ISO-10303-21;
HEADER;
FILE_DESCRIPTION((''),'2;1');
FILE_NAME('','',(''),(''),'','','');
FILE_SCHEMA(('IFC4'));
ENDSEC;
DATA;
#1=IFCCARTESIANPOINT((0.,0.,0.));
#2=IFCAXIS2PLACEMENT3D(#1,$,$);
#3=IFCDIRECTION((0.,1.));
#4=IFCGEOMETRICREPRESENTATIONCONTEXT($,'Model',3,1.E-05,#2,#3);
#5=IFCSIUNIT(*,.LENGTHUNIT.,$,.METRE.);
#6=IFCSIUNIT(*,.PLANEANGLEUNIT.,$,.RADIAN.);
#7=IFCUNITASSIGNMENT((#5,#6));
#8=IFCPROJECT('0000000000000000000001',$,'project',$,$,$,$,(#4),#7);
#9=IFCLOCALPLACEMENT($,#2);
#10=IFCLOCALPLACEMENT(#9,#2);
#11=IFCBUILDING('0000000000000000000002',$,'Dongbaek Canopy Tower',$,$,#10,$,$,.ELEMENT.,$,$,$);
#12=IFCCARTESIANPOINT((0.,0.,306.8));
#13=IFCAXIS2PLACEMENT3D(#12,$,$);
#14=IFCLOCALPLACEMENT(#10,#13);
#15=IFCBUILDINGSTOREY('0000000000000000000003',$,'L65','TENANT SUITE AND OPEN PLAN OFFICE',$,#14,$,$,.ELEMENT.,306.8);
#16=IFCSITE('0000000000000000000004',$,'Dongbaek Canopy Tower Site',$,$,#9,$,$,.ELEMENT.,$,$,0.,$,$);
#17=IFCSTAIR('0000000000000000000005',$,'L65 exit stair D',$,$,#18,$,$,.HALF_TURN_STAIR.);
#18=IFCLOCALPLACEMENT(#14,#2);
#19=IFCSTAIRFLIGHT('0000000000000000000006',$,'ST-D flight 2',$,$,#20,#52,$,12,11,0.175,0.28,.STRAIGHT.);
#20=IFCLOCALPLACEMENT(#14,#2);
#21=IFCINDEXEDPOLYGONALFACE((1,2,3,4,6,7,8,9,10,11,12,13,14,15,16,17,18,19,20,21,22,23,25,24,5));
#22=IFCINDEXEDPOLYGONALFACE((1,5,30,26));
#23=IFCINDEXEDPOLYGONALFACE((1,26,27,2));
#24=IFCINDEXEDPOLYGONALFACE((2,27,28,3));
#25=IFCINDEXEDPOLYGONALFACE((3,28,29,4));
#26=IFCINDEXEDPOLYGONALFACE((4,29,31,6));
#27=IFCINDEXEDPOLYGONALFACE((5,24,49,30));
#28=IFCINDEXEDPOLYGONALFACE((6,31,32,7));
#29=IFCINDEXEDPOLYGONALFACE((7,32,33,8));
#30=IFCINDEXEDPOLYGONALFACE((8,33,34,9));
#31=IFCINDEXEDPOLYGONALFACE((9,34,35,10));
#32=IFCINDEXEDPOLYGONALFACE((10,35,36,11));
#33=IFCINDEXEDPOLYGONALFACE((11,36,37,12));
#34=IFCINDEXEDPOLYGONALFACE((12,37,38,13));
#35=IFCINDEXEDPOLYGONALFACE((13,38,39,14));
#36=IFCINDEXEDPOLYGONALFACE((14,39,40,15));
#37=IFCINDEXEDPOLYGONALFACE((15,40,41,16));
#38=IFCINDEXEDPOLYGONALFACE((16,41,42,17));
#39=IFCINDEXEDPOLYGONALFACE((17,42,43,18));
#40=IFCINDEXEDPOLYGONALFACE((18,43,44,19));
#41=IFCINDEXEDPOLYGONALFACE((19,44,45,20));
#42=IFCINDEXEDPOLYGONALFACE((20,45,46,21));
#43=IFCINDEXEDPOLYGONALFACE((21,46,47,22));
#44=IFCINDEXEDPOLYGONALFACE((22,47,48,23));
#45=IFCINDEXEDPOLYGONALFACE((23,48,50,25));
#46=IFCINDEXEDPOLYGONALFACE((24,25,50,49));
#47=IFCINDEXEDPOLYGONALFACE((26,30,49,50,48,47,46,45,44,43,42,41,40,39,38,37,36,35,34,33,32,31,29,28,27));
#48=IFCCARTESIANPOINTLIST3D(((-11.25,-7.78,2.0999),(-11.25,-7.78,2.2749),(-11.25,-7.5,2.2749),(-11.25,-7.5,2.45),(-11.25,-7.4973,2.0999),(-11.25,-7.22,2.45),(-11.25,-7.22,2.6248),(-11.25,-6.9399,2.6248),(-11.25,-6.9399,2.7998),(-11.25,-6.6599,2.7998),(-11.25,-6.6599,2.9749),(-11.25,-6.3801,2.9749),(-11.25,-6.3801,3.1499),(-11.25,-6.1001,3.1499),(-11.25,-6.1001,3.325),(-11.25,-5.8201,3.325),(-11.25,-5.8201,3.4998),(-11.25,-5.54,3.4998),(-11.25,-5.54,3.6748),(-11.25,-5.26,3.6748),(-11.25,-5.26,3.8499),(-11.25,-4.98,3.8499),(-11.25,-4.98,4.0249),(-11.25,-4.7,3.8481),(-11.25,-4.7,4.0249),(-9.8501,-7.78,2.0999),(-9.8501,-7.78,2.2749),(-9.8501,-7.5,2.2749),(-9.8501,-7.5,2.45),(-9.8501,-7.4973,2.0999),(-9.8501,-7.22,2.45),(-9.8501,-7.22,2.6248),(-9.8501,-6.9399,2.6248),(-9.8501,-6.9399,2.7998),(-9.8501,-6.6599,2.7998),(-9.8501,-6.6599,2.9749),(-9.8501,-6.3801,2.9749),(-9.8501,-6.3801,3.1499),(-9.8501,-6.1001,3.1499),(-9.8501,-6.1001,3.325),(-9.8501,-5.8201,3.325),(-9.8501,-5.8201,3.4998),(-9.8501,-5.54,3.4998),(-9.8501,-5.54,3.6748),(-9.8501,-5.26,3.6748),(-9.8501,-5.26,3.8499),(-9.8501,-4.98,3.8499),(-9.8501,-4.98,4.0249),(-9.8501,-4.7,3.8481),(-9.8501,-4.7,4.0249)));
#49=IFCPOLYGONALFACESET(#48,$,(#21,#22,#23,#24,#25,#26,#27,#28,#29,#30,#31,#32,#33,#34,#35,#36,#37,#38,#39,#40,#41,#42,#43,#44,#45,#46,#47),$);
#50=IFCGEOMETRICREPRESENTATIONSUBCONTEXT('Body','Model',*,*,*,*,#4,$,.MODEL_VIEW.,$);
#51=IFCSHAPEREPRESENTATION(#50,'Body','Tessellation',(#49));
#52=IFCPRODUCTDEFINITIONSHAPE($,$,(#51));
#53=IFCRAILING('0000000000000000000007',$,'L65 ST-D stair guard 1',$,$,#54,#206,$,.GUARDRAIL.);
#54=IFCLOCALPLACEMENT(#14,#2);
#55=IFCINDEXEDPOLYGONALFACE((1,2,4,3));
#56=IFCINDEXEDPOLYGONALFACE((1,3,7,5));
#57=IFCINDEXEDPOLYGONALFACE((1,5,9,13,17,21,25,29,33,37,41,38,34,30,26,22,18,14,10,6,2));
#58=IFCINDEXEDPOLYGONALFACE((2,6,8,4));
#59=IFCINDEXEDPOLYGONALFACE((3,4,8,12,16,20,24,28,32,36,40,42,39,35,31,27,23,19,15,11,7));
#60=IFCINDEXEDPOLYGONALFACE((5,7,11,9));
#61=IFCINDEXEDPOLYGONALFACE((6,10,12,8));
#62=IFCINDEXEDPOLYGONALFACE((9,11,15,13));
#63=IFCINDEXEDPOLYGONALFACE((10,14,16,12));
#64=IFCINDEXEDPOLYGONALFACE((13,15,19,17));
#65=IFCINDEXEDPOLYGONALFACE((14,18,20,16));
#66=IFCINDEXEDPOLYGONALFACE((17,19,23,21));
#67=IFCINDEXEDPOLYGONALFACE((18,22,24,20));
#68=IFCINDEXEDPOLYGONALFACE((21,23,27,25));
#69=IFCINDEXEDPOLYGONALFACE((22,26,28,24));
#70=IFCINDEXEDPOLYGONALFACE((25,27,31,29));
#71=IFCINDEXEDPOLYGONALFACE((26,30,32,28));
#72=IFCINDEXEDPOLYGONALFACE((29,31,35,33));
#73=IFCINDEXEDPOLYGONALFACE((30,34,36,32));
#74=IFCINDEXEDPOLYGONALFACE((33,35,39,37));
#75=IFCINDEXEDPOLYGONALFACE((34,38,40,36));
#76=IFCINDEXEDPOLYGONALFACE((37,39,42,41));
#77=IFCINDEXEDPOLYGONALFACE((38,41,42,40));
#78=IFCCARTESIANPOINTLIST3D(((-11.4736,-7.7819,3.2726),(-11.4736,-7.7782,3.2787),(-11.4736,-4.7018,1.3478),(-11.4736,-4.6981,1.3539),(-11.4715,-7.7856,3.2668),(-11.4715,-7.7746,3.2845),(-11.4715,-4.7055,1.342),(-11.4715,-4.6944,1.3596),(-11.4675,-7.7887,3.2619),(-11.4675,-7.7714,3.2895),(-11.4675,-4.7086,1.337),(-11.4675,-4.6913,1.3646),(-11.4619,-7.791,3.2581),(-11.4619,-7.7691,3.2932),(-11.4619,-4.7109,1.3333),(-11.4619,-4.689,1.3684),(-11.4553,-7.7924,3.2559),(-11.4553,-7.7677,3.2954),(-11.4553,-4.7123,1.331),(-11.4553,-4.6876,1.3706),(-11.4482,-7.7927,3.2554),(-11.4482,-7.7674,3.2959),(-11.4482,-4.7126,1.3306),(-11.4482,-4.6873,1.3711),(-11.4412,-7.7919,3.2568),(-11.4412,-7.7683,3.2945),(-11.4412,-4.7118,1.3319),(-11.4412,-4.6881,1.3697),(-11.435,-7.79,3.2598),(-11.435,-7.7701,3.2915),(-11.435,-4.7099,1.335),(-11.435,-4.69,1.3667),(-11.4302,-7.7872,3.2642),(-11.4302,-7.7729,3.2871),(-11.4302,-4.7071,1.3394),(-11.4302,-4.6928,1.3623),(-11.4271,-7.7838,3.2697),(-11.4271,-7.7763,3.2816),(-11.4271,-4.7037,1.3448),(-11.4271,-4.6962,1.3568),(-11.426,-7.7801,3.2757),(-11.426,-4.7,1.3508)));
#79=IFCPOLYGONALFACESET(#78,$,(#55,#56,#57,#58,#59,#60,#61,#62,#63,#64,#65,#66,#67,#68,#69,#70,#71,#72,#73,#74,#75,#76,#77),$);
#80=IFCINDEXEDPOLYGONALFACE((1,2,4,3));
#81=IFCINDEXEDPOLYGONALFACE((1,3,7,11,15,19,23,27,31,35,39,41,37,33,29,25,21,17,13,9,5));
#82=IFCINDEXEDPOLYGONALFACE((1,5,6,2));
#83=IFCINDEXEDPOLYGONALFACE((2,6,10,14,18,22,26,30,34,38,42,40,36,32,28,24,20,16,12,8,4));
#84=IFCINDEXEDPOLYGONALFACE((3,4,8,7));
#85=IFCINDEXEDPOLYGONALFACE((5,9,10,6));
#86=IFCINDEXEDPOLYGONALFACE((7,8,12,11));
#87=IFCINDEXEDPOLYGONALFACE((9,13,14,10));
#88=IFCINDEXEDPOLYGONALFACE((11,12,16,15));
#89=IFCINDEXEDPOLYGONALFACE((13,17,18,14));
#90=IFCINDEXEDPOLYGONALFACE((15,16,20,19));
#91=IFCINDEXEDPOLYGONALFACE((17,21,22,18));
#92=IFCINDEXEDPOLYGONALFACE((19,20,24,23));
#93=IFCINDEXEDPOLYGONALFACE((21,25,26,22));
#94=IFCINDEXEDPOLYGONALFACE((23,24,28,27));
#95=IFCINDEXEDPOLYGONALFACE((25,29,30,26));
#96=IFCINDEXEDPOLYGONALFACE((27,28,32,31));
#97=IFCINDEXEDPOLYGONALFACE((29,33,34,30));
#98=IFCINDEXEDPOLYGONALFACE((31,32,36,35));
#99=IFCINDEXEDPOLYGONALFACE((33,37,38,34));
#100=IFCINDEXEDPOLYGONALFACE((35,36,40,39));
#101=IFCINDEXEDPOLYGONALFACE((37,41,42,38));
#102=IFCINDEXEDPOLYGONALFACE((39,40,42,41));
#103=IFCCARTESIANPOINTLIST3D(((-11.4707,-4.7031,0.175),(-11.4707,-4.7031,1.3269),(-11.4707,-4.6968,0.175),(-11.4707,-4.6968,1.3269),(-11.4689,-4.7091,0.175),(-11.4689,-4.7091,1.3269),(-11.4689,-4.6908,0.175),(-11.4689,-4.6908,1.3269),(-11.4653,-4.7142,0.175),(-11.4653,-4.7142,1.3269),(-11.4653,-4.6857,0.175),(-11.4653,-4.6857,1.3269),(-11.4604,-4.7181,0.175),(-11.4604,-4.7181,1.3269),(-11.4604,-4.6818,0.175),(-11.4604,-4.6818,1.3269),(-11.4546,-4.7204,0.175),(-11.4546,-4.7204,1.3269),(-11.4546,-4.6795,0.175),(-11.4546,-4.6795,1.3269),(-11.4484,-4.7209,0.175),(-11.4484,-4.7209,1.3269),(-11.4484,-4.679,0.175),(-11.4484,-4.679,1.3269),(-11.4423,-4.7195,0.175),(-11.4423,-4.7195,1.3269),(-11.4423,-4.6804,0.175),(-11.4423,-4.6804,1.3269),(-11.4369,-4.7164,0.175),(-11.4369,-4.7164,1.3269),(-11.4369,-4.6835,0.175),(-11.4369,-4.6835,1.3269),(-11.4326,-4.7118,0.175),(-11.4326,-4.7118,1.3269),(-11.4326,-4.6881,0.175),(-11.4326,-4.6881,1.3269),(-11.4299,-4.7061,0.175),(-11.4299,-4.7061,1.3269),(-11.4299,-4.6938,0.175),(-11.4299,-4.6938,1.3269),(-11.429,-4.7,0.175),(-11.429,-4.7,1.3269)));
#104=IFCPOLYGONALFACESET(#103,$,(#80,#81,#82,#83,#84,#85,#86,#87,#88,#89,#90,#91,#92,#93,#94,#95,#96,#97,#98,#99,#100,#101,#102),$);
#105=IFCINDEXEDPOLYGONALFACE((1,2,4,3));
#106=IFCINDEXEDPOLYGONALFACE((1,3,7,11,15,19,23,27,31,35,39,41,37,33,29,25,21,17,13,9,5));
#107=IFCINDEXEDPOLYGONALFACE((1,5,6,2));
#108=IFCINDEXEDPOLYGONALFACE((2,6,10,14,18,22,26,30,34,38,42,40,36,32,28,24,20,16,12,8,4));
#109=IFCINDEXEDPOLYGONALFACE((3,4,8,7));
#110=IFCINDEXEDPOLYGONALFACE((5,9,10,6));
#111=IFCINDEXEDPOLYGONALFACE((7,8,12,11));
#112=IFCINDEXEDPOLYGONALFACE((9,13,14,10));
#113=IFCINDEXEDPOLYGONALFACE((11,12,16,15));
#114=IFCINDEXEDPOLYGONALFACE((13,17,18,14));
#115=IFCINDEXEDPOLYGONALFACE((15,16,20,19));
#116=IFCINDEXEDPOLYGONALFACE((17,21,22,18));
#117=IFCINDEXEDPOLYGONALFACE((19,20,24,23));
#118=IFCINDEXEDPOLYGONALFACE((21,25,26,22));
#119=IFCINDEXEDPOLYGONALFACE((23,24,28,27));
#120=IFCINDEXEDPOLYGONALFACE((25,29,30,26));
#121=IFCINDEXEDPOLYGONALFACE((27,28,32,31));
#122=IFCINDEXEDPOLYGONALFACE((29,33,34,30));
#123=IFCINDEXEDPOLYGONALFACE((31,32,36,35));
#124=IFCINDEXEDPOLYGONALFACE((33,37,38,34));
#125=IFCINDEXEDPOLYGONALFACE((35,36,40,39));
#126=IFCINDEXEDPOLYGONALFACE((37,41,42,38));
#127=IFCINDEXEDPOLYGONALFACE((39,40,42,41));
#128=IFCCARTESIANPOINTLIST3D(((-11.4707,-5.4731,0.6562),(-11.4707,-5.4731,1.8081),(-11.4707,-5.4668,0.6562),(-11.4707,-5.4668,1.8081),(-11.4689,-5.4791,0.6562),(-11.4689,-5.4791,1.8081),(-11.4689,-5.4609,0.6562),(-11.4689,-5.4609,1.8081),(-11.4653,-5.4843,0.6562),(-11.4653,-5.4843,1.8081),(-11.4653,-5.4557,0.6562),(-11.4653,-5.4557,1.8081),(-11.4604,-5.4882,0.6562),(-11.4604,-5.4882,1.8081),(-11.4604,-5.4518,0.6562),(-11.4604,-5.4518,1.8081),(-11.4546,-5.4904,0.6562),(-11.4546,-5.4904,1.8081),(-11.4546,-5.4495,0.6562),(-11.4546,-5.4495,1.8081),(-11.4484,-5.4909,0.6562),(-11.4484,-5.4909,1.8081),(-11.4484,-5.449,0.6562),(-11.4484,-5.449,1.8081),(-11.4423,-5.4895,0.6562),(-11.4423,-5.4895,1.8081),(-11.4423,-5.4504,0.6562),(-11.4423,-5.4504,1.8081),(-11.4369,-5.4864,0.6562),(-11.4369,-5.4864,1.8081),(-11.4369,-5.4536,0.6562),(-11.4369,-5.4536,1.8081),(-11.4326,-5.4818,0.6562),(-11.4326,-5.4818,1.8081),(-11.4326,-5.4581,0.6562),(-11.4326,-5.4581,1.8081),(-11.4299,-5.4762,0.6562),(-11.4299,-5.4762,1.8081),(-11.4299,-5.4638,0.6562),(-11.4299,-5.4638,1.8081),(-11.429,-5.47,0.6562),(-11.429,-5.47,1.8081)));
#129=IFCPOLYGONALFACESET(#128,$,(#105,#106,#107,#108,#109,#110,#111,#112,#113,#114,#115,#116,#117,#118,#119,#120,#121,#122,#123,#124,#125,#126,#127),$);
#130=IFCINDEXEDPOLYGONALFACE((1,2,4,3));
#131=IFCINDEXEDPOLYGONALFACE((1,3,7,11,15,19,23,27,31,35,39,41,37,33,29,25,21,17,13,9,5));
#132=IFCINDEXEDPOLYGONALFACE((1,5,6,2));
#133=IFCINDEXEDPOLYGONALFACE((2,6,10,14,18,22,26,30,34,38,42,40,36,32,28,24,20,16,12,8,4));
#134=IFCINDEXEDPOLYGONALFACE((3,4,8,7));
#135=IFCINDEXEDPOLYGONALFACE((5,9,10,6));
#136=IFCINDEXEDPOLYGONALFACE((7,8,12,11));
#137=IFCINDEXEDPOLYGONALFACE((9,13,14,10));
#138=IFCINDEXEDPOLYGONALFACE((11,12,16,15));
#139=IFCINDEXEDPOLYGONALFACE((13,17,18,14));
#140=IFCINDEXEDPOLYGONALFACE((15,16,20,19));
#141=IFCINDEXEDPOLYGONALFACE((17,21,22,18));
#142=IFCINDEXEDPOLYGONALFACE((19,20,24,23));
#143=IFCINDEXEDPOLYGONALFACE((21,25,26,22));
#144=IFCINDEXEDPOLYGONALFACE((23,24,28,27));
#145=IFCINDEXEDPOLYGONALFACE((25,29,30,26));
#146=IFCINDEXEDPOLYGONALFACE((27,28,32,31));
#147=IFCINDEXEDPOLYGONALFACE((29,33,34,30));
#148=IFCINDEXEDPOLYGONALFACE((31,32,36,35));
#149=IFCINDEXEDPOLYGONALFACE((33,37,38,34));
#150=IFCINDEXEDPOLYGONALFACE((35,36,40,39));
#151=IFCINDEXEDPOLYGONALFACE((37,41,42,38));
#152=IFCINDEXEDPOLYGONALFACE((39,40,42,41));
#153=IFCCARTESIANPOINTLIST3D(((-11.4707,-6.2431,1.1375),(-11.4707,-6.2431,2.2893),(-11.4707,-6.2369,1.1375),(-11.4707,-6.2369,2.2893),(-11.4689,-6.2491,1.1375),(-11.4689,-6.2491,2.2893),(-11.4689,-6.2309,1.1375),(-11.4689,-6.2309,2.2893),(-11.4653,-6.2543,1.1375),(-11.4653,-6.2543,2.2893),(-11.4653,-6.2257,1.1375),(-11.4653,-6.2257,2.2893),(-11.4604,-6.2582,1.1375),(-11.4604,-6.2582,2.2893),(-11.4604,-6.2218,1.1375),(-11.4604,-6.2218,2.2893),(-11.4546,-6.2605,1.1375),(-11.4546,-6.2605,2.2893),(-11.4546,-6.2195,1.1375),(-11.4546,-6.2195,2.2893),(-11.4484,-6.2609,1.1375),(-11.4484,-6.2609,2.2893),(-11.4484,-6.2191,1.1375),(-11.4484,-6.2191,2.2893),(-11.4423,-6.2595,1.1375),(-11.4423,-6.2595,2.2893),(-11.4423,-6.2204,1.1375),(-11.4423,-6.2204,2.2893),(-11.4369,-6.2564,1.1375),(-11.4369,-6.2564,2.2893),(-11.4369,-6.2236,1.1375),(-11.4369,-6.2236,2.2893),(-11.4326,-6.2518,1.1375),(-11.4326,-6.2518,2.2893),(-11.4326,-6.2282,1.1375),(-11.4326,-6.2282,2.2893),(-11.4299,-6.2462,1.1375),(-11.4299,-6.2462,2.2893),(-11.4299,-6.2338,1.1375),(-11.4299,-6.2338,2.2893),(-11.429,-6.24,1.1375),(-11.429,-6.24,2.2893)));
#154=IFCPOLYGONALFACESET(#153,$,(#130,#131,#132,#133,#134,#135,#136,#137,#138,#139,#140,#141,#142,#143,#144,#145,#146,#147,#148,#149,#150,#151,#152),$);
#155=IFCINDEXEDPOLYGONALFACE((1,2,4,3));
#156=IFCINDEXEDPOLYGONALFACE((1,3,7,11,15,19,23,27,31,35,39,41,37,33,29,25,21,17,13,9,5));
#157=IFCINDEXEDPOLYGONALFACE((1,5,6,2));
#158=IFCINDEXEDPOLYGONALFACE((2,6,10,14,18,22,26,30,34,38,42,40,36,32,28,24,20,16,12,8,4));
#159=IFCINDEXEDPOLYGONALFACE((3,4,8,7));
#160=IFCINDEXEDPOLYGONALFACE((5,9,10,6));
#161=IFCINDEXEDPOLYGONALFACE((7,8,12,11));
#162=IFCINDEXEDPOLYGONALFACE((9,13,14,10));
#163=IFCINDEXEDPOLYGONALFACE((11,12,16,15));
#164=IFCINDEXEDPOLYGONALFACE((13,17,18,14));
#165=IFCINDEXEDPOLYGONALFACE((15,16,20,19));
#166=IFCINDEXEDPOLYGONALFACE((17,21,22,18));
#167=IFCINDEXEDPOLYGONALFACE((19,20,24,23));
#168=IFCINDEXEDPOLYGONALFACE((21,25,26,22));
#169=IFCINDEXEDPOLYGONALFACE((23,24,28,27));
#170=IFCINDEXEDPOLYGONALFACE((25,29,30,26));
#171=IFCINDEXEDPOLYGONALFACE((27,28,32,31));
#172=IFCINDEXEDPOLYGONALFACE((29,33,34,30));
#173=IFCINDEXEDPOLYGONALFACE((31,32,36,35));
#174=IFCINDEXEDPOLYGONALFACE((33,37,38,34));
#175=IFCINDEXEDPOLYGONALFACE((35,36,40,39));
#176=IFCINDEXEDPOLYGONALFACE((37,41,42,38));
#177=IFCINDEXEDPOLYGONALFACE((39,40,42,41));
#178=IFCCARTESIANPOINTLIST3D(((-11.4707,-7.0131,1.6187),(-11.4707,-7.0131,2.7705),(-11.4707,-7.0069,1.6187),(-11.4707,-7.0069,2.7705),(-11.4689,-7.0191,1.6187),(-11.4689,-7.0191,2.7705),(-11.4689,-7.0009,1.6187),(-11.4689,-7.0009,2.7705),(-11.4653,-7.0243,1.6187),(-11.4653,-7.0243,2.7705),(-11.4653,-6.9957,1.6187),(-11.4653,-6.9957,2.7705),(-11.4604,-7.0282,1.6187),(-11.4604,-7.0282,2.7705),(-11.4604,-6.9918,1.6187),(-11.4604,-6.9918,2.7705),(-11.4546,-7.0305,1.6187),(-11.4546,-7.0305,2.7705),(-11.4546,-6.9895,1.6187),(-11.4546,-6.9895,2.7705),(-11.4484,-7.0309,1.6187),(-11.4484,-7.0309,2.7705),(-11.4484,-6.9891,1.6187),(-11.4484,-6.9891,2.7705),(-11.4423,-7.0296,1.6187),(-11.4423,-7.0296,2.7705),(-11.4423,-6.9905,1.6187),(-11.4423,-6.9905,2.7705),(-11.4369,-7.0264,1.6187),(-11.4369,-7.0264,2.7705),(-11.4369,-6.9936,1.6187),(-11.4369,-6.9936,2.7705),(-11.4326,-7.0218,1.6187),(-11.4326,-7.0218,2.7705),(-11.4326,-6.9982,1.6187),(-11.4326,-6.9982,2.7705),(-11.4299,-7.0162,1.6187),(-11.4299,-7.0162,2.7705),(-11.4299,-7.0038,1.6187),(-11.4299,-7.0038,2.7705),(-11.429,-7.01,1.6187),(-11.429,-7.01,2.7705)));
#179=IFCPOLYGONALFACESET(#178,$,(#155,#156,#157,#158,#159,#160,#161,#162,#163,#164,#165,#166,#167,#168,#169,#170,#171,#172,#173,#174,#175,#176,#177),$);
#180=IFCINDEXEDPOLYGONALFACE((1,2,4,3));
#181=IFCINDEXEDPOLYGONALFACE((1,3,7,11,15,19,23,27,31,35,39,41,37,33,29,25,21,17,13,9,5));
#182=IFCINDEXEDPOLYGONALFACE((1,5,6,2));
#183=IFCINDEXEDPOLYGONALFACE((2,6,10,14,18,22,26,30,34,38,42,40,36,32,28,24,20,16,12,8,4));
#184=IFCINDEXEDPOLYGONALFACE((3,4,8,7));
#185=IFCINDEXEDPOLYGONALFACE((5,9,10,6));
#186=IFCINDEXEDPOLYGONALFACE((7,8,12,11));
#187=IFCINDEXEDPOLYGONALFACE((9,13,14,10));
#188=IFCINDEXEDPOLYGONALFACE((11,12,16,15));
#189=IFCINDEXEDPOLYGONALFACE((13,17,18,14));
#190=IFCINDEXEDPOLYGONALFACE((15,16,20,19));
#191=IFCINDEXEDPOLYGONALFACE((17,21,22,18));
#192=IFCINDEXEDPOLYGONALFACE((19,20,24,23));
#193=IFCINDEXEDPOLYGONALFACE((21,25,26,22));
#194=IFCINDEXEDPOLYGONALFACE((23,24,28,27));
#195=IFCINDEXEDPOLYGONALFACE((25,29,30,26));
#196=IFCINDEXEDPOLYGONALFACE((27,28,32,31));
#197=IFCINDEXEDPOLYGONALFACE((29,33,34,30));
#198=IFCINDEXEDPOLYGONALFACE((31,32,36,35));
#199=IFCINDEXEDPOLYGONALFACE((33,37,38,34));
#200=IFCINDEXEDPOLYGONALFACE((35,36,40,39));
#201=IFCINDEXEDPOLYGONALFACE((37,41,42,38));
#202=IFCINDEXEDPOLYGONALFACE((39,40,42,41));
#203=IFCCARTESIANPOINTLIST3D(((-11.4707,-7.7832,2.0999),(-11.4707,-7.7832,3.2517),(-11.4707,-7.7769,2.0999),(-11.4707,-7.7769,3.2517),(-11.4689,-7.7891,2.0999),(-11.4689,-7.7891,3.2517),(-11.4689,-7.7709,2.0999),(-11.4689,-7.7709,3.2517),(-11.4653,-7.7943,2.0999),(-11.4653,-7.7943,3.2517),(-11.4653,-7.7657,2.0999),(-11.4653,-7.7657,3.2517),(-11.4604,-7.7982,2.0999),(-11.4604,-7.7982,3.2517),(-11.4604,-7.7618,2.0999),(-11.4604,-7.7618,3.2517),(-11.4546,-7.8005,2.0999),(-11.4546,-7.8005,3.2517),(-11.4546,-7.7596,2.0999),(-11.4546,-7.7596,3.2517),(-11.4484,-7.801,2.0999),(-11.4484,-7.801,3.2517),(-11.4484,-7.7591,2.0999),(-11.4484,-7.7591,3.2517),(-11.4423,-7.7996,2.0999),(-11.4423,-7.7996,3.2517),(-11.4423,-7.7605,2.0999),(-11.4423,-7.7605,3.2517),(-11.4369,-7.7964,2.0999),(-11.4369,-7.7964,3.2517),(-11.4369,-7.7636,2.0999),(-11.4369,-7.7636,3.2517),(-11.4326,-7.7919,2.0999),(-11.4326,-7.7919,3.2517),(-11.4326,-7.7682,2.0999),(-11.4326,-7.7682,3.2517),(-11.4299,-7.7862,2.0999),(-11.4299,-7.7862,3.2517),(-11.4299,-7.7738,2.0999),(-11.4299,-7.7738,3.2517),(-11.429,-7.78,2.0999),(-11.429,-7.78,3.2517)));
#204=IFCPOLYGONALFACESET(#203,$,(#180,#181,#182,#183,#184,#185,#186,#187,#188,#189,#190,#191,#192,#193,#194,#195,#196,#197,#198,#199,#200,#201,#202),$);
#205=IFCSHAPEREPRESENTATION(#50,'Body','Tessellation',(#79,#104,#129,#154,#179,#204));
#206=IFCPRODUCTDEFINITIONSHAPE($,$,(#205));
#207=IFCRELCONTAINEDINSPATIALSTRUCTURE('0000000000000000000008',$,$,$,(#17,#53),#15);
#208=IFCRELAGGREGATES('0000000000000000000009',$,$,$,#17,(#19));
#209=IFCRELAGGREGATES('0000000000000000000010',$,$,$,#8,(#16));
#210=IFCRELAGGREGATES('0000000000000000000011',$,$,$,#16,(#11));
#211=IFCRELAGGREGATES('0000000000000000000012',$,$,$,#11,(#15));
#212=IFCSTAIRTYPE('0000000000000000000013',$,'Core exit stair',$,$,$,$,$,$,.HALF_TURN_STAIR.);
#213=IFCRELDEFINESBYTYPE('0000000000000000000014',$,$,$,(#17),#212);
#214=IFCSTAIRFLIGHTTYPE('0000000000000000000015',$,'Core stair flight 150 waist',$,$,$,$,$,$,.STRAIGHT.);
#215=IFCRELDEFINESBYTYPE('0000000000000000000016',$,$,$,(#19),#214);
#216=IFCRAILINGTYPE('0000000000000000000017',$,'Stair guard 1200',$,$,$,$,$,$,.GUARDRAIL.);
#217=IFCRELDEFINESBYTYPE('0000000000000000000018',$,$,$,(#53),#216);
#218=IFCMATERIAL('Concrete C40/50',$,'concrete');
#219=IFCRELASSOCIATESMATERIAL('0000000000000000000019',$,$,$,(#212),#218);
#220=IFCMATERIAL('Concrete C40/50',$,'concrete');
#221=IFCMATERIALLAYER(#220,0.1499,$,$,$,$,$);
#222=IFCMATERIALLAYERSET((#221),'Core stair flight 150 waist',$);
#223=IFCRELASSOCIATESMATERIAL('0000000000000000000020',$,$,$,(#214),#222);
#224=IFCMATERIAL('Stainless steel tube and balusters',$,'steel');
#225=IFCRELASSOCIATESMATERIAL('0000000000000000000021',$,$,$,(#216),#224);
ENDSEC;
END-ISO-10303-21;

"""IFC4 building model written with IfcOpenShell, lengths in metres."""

from ifc_helpers import new_model, si_unit, direction, frame, origin, origin_2d, place, context, subcontext, project, spatial, polyline, circle, outline, extrude, material, layer, layer_set, type_object, element, aggregate, save


model = new_model("IFC4")

# Units and contexts
model_context = context("Model", 3, precision=1e-05, world=origin(), true_north=direction((0.0, 1.0)))
body_context = subcontext(model_context, "Body", "Model", "MODEL_VIEW")
ifc_project = project(units=[si_unit("LENGTHUNIT", "METRE"), si_unit("PLANEANGLEUNIT", "RADIAN")], contexts=[model_context])

# Site, building, storey
site_placement = place(None, origin())
site = spatial("IfcSite", under=ifc_project, at=site_placement, Name="Dongbaek Canopy Tower Site", CompositionType="ELEMENT", RefElevation=0.0)
building_placement = place(site_placement, origin())
building = spatial("IfcBuilding", under=site, at=building_placement, Name="Dongbaek Canopy Tower", CompositionType="ELEMENT")
storey_placement = place(building_placement, frame((0.0, 0.0, 306.8)))
storey = spatial("IfcBuildingStorey", under=building, at=storey_placement, Name="L65", Description="TENANT SUITE AND OPEN PLAN OFFICE", CompositionType="ELEMENT", Elevation=306.8)

# Stair, stair flight
ifc_material_1 = material(Name="Concrete C40/50", Category="concrete")
stair_type = type_object("IfcStairType", Name="Core exit stair", PredefinedType="HALF_TURN_STAIR", material=ifc_material_1)
stair_placement = place(storey_placement, origin())
stair = element("IfcStair", 1, at=stair_placement, inside=storey, type_object=stair_type, Name="L65 exit stair D", PredefinedType="HALF_TURN_STAIR")
ifc_material_2 = material(Name="Concrete C40/50", Category="concrete")
ifc_layer_1 = layer(ifc_material_2, 0.1499)
ifc_layer_set_1 = layer_set([ifc_layer_1], Name="Core stair flight 150 waist")
stair_flight_type = type_object("IfcStairFlightType", Name="Core stair flight 150 waist", PredefinedType="STRAIGHT", material=ifc_layer_set_1)
stair_flight_1_placement = place(storey_placement, frame((-10.55, -7.78, 2.0999), z_axis=(0.0, 0.0, 1.0), x_axis=(0.0, 1.0, 0.0)))
stair_flight_1 = element("IfcStairFlight", 2, at=stair_flight_1_placement, type_object=stair_flight_type, Name="ST-D flight 2", NumberOfRisers=12, NumberOfTreads=11, PredefinedType="STRAIGHT", RiserHeight=0.175, TreadLength=0.28, context=body_context, shape_type="SweptSolid", body=[
    extrude(outline(polyline([(0.0, 0.0), (0.0, 0.175), (0.28, 0.175), (0.28, 0.3501), (0.5601, 0.3501), (0.5601, 0.5249), (0.8401, 0.5249), (0.8401, 0.7), (1.1201, 0.7), (1.1201, 0.875), (1.3999, 0.875), (1.3999, 1.05), (1.6799, 1.05), (1.6799, 1.2251), (1.96, 1.2251), (1.96, 1.3999), (2.24, 1.3999), (2.24, 1.575), (2.52, 1.575), (2.52, 1.75), (2.8, 1.75), (2.8, 1.925), (3.0801, 1.925), (3.0801, 2.1001), (3.0801, 1.7483), (0.2827, 0.0), (0.0, 0.0)])), frame((0.0, 0.7, 0.0), z_axis=(0.0, -1.0, 0.0), x_axis=(1.0, 0.0, 0.0)), (0.0, 0.0, 1.0), 1.3999),
])
aggregate(stair, [stair_flight_1])

# Railing
ifc_material_3 = material(Name="Stainless steel tube and balusters", Category="steel")
railing_type_1 = type_object("IfcRailingType", Name="Stair guard 1200", PredefinedType="GUARDRAIL", material=ifc_material_3)
railing_1_placement = place(storey_placement, frame((-11.45, -4.7, 0.175)))
element("IfcRailing", 3, at=railing_1_placement, inside=storey, type_object=railing_type_1, Name="L65 ST-D stair guard 1", PredefinedType="GUARDRAIL", context=body_context, shape_type="SweptSolid", body=[
    extrude(circle(Radius=0.0239, at=origin_2d()), frame((0.0, 0.0, 1.1758), z_axis=(0.0, -0.848029, 0.529951), x_axis=(1.0, 0.0, 0.0)), (0.0, 0.0, 1.0), 3.6321),
    extrude(circle(Radius=0.021, at=origin_2d()), origin(), (0.0, 0.0, 1.0), 1.1519),
    extrude(circle(Radius=0.021, at=origin_2d()), frame((0.0, -0.77, 0.4812)), (0.0, 0.0, 1.0), 1.1519),
    extrude(circle(Radius=0.021, at=origin_2d()), frame((0.0, -1.54, 0.9624)), (0.0, 0.0, 1.0), 1.1519),
    extrude(circle(Radius=0.021, at=origin_2d()), frame((0.0, -2.3101, 1.4436)), (0.0, 0.0, 1.0), 1.1519),
    extrude(circle(Radius=0.021, at=origin_2d()), frame((0.0, -3.0801, 1.9248)), (0.0, 0.0, 1.0), 1.1519),
])

save(model, "model.ifc")
